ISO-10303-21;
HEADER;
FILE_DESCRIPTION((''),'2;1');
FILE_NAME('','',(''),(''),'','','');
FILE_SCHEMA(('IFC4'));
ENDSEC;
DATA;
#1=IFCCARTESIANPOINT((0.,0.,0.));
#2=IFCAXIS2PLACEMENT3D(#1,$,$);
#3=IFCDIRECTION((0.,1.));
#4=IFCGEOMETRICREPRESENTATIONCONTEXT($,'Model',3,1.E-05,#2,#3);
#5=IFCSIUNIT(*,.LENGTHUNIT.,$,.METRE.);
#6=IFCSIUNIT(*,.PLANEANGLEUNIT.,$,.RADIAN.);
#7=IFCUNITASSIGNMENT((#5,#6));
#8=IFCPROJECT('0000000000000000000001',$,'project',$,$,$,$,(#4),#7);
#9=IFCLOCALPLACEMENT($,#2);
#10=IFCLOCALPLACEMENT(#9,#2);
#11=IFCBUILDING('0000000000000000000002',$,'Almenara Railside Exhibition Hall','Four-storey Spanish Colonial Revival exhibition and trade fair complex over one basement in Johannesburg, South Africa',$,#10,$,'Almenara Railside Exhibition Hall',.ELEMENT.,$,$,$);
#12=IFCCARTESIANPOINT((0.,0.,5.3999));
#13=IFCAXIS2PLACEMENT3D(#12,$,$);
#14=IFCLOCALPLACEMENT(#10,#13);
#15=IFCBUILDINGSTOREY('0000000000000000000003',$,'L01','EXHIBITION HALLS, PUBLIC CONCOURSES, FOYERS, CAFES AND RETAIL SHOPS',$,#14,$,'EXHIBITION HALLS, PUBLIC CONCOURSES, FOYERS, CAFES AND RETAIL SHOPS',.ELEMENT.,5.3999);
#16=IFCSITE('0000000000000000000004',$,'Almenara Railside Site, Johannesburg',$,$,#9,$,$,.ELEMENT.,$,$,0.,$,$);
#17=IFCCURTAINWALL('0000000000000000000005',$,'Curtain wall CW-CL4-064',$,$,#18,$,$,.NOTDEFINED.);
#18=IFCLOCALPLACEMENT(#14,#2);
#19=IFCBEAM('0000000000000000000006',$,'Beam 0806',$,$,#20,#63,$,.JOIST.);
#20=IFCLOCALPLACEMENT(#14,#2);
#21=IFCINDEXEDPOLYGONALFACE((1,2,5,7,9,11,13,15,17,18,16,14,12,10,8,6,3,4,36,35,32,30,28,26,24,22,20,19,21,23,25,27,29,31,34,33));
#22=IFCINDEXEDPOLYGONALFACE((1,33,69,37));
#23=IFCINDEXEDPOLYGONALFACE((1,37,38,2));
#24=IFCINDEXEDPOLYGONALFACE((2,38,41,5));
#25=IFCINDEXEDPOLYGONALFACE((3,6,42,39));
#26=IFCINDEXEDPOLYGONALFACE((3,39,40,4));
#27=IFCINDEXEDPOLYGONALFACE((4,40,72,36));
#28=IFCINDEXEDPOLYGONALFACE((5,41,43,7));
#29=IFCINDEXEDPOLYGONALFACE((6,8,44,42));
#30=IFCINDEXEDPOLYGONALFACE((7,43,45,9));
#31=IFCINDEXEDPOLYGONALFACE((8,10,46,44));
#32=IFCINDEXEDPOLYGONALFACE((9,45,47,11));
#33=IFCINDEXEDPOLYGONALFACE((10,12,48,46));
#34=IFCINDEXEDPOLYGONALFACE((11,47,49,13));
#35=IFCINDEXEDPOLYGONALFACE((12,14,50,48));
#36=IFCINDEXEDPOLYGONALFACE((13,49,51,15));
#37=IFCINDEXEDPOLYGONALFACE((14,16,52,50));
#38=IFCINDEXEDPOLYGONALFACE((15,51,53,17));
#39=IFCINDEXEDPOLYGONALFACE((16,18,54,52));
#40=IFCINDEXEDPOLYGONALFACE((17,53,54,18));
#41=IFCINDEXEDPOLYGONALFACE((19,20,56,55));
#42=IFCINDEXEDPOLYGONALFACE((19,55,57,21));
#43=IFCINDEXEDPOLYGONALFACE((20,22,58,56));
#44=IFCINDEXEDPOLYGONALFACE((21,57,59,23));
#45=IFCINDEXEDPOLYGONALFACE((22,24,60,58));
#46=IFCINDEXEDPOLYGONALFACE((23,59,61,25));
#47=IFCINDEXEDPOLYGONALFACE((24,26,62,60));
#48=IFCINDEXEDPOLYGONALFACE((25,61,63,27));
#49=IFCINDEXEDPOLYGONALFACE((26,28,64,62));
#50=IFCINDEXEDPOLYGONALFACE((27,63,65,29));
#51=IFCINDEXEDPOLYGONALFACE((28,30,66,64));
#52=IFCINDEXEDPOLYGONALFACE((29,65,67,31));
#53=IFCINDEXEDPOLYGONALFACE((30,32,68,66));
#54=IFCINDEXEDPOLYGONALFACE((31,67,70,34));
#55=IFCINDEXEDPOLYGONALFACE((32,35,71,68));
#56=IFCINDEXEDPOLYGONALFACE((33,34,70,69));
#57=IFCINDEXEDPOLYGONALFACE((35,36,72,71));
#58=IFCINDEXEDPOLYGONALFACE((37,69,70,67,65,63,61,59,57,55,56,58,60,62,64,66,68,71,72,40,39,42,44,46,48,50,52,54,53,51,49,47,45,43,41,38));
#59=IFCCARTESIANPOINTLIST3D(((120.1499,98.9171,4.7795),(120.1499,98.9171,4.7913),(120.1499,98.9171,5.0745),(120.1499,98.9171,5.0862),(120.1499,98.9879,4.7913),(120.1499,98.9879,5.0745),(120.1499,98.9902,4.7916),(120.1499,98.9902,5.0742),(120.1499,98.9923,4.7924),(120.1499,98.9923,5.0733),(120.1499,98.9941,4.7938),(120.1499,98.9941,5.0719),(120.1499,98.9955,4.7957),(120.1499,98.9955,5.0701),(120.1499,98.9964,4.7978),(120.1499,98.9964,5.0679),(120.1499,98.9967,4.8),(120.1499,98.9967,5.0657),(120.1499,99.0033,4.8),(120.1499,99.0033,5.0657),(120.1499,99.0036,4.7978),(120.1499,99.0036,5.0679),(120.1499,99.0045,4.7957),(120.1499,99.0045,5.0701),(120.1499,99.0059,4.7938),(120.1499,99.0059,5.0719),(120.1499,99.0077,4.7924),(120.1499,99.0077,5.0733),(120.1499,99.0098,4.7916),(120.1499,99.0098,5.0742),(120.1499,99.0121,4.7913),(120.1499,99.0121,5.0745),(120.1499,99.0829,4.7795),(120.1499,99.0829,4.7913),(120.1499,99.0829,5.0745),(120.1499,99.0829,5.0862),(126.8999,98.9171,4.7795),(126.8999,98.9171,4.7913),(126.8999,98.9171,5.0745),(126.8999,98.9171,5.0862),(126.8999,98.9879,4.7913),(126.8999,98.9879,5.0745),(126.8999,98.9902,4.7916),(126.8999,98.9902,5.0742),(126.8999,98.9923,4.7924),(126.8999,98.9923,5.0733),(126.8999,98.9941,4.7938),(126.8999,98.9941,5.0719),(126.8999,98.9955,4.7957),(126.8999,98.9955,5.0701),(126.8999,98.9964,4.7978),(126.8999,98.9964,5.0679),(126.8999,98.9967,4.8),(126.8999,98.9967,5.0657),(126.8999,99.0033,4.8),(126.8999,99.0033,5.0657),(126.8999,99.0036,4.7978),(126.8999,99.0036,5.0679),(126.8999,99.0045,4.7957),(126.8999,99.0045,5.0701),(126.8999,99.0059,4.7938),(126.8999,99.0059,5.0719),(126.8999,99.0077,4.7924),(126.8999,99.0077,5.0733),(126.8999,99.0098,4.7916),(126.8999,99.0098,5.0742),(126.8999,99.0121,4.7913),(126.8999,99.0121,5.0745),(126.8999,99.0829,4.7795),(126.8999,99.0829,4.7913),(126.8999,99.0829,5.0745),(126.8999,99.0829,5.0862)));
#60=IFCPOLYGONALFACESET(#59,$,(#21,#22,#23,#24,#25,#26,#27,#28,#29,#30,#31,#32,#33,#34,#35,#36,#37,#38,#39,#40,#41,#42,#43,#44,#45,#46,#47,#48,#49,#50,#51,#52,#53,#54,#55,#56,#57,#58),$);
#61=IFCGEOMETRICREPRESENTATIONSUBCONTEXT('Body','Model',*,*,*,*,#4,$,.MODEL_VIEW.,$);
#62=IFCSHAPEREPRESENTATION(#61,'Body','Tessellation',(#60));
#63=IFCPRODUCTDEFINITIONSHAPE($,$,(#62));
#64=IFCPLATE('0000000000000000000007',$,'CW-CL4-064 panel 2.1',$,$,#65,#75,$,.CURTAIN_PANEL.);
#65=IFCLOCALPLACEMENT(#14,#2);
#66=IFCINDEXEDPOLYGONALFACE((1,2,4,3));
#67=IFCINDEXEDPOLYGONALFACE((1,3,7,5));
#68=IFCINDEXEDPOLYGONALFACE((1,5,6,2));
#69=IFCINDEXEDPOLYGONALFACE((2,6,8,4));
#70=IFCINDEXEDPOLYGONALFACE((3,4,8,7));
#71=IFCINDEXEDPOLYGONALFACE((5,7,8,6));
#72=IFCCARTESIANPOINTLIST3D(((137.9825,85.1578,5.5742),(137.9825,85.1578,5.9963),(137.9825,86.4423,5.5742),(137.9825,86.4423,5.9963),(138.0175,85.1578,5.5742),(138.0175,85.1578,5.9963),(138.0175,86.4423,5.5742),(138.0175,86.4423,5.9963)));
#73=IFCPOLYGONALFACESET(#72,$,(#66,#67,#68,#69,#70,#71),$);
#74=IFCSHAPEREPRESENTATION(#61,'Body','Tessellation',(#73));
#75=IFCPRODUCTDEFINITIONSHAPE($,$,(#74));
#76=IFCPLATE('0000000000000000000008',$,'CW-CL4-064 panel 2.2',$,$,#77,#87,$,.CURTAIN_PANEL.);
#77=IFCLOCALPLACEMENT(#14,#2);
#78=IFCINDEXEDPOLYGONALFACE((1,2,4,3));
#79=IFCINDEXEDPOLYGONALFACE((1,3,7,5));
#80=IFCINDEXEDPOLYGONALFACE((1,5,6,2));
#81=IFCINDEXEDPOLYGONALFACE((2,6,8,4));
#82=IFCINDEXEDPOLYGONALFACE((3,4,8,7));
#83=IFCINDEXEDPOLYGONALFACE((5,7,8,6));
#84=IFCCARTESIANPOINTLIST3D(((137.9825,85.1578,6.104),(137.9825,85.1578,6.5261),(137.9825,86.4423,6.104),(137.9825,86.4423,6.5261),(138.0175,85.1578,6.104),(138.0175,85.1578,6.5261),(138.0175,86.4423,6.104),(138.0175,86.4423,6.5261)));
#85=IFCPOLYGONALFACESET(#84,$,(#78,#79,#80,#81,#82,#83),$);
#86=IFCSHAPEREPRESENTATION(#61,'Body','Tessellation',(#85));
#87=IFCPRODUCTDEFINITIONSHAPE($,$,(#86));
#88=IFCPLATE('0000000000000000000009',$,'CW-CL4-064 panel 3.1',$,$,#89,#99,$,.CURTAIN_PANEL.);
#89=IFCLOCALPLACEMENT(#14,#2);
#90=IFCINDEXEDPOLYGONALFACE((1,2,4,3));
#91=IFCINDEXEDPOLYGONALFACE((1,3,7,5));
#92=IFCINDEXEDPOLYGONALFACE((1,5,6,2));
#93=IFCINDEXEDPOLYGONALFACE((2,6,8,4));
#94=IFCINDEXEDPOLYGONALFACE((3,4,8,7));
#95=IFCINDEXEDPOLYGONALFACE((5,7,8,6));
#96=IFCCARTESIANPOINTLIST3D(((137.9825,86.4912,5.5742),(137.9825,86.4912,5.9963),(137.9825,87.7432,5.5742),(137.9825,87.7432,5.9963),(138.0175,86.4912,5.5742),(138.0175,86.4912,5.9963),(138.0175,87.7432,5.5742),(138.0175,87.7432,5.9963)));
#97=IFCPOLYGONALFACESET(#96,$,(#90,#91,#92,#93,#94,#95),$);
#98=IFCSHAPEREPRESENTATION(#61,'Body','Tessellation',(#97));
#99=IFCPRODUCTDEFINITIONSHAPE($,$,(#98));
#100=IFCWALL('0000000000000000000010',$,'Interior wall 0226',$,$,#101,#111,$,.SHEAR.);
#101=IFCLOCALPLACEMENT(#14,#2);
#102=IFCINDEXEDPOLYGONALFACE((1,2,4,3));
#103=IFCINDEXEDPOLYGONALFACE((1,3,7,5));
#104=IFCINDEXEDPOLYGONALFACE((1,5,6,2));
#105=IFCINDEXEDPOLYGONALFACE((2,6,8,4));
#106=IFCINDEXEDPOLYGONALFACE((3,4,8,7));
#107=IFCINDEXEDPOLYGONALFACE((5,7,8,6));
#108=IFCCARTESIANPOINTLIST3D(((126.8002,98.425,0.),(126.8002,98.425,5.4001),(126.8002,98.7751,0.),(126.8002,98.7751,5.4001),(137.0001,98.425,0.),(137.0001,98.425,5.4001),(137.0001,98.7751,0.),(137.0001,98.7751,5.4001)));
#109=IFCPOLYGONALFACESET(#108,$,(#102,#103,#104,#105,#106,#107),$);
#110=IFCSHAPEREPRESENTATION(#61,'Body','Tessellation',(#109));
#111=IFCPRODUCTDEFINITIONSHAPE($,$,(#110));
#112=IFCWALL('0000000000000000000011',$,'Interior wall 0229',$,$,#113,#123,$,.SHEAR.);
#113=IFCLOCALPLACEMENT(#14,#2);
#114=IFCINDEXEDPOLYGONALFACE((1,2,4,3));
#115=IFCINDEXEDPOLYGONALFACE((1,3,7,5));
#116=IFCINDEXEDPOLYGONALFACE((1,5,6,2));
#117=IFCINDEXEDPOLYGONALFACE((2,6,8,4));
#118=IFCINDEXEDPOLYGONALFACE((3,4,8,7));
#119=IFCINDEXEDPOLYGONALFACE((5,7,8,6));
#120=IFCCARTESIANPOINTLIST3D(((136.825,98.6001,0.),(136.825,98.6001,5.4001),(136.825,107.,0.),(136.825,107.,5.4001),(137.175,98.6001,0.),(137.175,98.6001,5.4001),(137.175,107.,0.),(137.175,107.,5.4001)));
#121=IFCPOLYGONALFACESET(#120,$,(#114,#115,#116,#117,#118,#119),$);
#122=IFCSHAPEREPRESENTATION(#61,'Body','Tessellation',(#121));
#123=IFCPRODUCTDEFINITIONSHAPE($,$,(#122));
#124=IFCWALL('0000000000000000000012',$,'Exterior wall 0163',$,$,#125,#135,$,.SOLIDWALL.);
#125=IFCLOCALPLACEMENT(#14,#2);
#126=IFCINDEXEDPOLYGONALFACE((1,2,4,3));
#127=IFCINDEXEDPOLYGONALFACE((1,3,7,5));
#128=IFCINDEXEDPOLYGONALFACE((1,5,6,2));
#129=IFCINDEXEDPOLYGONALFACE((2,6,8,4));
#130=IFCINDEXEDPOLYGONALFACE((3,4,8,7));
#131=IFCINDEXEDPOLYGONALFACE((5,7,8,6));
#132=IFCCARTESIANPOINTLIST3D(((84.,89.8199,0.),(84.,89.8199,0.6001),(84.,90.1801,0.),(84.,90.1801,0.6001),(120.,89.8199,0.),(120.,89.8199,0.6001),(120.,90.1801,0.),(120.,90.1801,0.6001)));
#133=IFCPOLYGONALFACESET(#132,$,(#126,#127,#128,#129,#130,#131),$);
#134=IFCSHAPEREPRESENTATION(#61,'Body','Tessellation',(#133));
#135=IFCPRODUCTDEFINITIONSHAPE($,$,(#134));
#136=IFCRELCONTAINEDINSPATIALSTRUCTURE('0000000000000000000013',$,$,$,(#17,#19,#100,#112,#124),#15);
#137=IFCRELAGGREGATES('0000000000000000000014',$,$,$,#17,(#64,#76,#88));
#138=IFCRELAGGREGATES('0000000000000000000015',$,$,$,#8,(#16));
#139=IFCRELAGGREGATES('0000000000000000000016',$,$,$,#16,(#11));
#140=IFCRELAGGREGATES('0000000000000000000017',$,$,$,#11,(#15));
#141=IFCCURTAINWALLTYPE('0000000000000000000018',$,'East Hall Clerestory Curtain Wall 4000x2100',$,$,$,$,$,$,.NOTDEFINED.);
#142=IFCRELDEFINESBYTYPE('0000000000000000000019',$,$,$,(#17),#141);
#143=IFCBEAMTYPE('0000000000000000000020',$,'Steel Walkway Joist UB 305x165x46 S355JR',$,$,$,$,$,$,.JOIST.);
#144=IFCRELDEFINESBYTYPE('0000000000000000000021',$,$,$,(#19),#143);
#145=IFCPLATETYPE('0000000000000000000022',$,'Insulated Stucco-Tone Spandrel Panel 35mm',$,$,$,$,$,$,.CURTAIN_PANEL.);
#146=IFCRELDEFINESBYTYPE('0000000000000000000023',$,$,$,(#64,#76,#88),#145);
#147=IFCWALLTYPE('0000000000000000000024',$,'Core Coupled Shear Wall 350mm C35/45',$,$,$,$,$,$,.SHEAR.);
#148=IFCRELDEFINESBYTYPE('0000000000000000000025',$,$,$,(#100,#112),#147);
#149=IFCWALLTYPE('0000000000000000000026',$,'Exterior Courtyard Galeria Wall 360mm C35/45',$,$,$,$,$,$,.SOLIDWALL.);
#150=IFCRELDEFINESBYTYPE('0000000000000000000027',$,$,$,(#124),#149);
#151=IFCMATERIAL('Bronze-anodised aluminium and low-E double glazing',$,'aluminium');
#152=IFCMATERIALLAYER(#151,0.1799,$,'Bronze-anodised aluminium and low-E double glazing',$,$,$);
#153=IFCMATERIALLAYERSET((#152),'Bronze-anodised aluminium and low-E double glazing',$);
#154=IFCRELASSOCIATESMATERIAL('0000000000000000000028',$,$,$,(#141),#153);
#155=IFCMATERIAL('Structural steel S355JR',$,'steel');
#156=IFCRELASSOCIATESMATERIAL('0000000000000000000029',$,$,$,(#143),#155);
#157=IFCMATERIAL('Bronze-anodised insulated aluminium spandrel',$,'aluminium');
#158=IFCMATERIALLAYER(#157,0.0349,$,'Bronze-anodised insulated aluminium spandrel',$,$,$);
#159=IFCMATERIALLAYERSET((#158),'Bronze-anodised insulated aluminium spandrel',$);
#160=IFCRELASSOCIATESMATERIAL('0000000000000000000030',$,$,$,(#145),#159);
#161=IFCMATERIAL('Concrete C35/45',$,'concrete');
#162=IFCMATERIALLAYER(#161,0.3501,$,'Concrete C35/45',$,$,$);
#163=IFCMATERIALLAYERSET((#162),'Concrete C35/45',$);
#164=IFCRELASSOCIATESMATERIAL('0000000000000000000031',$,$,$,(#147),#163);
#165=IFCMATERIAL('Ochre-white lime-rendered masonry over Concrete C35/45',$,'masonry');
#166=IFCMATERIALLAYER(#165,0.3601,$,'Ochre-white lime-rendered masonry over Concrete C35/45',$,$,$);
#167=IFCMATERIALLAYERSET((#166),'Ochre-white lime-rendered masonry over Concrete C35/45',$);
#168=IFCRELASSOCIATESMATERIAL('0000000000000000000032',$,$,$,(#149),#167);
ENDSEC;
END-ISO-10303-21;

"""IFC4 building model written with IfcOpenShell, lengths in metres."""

from ifc_helpers import new_model, si_unit, direction, frame, frame_2d, origin, origin_2d, place, context, subcontext, project, spatial, rectangle, i_section, extrude, material, layer, layer_set, material_profile, profile_set, type_object, element, aggregate, save


model = new_model("IFC4")

# Units and contexts
model_context = context("Model", 3, precision=1e-05, world=origin(), true_north=direction((0.0, 1.0)))
body_context = subcontext(model_context, "Body", "Model", "MODEL_VIEW")
ifc_project = project(units=[si_unit("LENGTHUNIT", "METRE"), si_unit("PLANEANGLEUNIT", "RADIAN")], contexts=[model_context])

# Site, building, storey
site_placement = place(None, origin())
site = spatial("IfcSite", under=ifc_project, at=site_placement, Name="Almenara Railside Site, Johannesburg", CompositionType="ELEMENT", RefElevation=0.0)
building_placement = place(site_placement, origin())
building = spatial("IfcBuilding", under=site, at=building_placement, Name="Almenara Railside Exhibition Hall", Description="Four-storey Spanish Colonial Revival exhibition and trade fair complex over one basement in Johannesburg, South Africa", LongName="Almenara Railside Exhibition Hall", CompositionType="ELEMENT")
storey_placement = place(building_placement, frame((0.0, 0.0, 5.3999)))
storey = spatial("IfcBuildingStorey", under=building, at=storey_placement, Name="L01", Description="EXHIBITION HALLS, PUBLIC CONCOURSES, FOYERS, CAFES AND RETAIL SHOPS", LongName="EXHIBITION HALLS, PUBLIC CONCOURSES, FOYERS, CAFES AND RETAIL SHOPS", CompositionType="ELEMENT", Elevation=5.3999)

# Shared definitions
ifc_material_1 = material(Name="Concrete C35/45", Category="concrete")

# Curtain wall
ifc_material_2 = material(Name="Bronze-anodised aluminium and low-E double glazing", Category="aluminium")
ifc_layer_1 = layer(ifc_material_2, 0.1799, Name="Bronze-anodised aluminium and low-E double glazing")
ifc_layer_set_1 = layer_set([ifc_layer_1], Name="Bronze-anodised aluminium and low-E double glazing")
curtain_wall_type = type_object("IfcCurtainWallType", Name="East Hall Clerestory Curtain Wall 4000x2100", PredefinedType="NOTDEFINED", material=ifc_layer_set_1)
curtain_wall_placement = place(storey_placement, origin())
curtain_wall = element("IfcCurtainWall", 1, at=curtain_wall_placement, inside=storey, type_object=curtain_wall_type, Name="Curtain wall CW-CL4-064", PredefinedType="NOTDEFINED")

# Beam
ifc_material_3 = material(Name="Structural steel S355JR", Category="steel")
ifc_material_profile_1 = material_profile(ifc_material_3, i_section(OverallWidth=0.1658, OverallDepth=0.3066, WebThickness=0.0066, FlangeThickness=0.0117, FilletRadius=0.0088, at=origin_2d()), Name="UB 305x165x46")
ifc_profile_set_1 = profile_set([ifc_material_profile_1], Name="Structural steel S355JR")
beam_type_1 = type_object("IfcBeamType", Name="Steel Walkway Joist UB 305x165x46 S355JR", PredefinedType="JOIST", material=ifc_profile_set_1)
beam_1_placement = place(storey_placement, frame((120.1499, 99.0, 4.9329), z_axis=(1.0, 0.0, 0.0), x_axis=(0.0, 1.0, 0.0)))
element("IfcBeam", 2, at=beam_1_placement, inside=storey, type_object=beam_type_1, Name="Beam 0806", PredefinedType="JOIST", context=body_context, shape_type="SweptSolid", body=[
    extrude(i_section(OverallWidth=0.1658, OverallDepth=0.3066, WebThickness=0.0066, FlangeThickness=0.0117, FilletRadius=0.0088, at=origin_2d()), origin(), (0.0, 0.0, 1.0), 6.75),
])

# Plates
ifc_material_4 = material(Name="Bronze-anodised insulated aluminium spandrel", Category="aluminium")
ifc_layer_2 = layer(ifc_material_4, 0.0349, Name="Bronze-anodised insulated aluminium spandrel")
ifc_layer_set_2 = layer_set([ifc_layer_2], Name="Bronze-anodised insulated aluminium spandrel")
plate_type = type_object("IfcPlateType", Name="Insulated Stucco-Tone Spandrel Panel 35mm", PredefinedType="CURTAIN_PANEL", material=ifc_layer_set_2)
plate_1_placement = place(storey_placement, frame((138.0, 85.8, 5.5742), z_axis=(0.0, 0.0, 1.0), x_axis=(0.0, 1.0, 0.0)))
plate_1 = element("IfcPlate", 3, at=plate_1_placement, type_object=plate_type, Name="CW-CL4-064 panel 2.1", PredefinedType="CURTAIN_PANEL", context=body_context, shape_type="SweptSolid", body=[
    extrude(rectangle(XDim=1.2844, YDim=0.0349, at=origin_2d()), origin(), (0.0, 0.0, 1.0), 0.4221),
])
plate_2_placement = place(storey_placement, frame((138.0, 85.8, 6.104), z_axis=(0.0, 0.0, 1.0), x_axis=(0.0, 1.0, 0.0)))
plate_2 = element("IfcPlate", 4, at=plate_2_placement, type_object=plate_type, Name="CW-CL4-064 panel 2.2", PredefinedType="CURTAIN_PANEL", context=body_context, shape_type="SweptSolid", body=[
    extrude(rectangle(XDim=1.2844, YDim=0.0349, at=origin_2d()), origin(), (0.0, 0.0, 1.0), 0.4221),
])
plate_3_placement = place(storey_placement, frame((138.0, 87.1172, 5.5742), z_axis=(0.0, 0.0, 1.0), x_axis=(0.0, 1.0, 0.0)))
plate_3 = element("IfcPlate", 5, at=plate_3_placement, type_object=plate_type, Name="CW-CL4-064 panel 3.1", PredefinedType="CURTAIN_PANEL", context=body_context, shape_type="SweptSolid", body=[
    extrude(rectangle(XDim=1.252, YDim=0.0349, at=origin_2d()), origin(), (0.0, 0.0, 1.0), 0.4221),
])
aggregate(curtain_wall, [plate_1, plate_2, plate_3])

# Walls
ifc_layer_3 = layer(ifc_material_1, 0.3501, Name="Concrete C35/45")
ifc_layer_set_3 = layer_set([ifc_layer_3], Name="Concrete C35/45")
wall_type_1 = type_object("IfcWallType", Name="Core Coupled Shear Wall 350mm C35/45", PredefinedType="SHEAR", material=ifc_layer_set_3)
wall_1_placement = place(storey_placement, frame((126.8, 98.6001, 0.0), z_axis=(0.0, 0.0, 1.0), x_axis=(1.0, 0.0, 0.0)))
element("IfcWall", 6, at=wall_1_placement, inside=storey, type_object=wall_type_1, Name="Interior wall 0226", PredefinedType="SHEAR", context=body_context, shape_type="SweptSolid", body=[
    extrude(rectangle(XDim=10.2, YDim=0.3501, at=frame_2d((5.1001, 0.0))), origin(), (0.0, 0.0, 1.0), 5.4001),
])
wall_2_placement = place(storey_placement, frame((137.0, 98.6001, 0.0), z_axis=(0.0, 0.0, 1.0), x_axis=(0.0, 1.0, 0.0)))
element("IfcWall", 7, at=wall_2_placement, inside=storey, type_object=wall_type_1, Name="Interior wall 0229", PredefinedType="SHEAR", context=body_context, shape_type="SweptSolid", body=[
    extrude(rectangle(XDim=8.3999, YDim=0.3501, at=frame_2d((4.2, 0.0))), origin(), (0.0, 0.0, 1.0), 5.4001),
])
ifc_material_5 = material(Name="Ochre-white lime-rendered masonry over Concrete C35/45", Category="masonry")
ifc_layer_4 = layer(ifc_material_5, 0.3601, Name="Ochre-white lime-rendered masonry over Concrete C35/45")
ifc_layer_set_4 = layer_set([ifc_layer_4], Name="Ochre-white lime-rendered masonry over Concrete C35/45")
wall_type_2 = type_object("IfcWallType", Name="Exterior Courtyard Galeria Wall 360mm C35/45", PredefinedType="SOLIDWALL", material=ifc_layer_set_4)
wall_3_placement = place(storey_placement, frame((120.0, 90.0, 0.0), z_axis=(0.0, 0.0, 1.0), x_axis=(-1.0, 0.0, 0.0)))
element("IfcWall", 8, at=wall_3_placement, inside=storey, type_object=wall_type_2, Name="Exterior wall 0163", PredefinedType="SOLIDWALL", context=body_context, shape_type="SweptSolid", body=[
    extrude(rectangle(XDim=36.0, YDim=0.3601, at=frame_2d((18.0, 0.0))), origin(), (0.0, 0.0, 1.0), 0.6001),
])

save(model, "model.ifc")
